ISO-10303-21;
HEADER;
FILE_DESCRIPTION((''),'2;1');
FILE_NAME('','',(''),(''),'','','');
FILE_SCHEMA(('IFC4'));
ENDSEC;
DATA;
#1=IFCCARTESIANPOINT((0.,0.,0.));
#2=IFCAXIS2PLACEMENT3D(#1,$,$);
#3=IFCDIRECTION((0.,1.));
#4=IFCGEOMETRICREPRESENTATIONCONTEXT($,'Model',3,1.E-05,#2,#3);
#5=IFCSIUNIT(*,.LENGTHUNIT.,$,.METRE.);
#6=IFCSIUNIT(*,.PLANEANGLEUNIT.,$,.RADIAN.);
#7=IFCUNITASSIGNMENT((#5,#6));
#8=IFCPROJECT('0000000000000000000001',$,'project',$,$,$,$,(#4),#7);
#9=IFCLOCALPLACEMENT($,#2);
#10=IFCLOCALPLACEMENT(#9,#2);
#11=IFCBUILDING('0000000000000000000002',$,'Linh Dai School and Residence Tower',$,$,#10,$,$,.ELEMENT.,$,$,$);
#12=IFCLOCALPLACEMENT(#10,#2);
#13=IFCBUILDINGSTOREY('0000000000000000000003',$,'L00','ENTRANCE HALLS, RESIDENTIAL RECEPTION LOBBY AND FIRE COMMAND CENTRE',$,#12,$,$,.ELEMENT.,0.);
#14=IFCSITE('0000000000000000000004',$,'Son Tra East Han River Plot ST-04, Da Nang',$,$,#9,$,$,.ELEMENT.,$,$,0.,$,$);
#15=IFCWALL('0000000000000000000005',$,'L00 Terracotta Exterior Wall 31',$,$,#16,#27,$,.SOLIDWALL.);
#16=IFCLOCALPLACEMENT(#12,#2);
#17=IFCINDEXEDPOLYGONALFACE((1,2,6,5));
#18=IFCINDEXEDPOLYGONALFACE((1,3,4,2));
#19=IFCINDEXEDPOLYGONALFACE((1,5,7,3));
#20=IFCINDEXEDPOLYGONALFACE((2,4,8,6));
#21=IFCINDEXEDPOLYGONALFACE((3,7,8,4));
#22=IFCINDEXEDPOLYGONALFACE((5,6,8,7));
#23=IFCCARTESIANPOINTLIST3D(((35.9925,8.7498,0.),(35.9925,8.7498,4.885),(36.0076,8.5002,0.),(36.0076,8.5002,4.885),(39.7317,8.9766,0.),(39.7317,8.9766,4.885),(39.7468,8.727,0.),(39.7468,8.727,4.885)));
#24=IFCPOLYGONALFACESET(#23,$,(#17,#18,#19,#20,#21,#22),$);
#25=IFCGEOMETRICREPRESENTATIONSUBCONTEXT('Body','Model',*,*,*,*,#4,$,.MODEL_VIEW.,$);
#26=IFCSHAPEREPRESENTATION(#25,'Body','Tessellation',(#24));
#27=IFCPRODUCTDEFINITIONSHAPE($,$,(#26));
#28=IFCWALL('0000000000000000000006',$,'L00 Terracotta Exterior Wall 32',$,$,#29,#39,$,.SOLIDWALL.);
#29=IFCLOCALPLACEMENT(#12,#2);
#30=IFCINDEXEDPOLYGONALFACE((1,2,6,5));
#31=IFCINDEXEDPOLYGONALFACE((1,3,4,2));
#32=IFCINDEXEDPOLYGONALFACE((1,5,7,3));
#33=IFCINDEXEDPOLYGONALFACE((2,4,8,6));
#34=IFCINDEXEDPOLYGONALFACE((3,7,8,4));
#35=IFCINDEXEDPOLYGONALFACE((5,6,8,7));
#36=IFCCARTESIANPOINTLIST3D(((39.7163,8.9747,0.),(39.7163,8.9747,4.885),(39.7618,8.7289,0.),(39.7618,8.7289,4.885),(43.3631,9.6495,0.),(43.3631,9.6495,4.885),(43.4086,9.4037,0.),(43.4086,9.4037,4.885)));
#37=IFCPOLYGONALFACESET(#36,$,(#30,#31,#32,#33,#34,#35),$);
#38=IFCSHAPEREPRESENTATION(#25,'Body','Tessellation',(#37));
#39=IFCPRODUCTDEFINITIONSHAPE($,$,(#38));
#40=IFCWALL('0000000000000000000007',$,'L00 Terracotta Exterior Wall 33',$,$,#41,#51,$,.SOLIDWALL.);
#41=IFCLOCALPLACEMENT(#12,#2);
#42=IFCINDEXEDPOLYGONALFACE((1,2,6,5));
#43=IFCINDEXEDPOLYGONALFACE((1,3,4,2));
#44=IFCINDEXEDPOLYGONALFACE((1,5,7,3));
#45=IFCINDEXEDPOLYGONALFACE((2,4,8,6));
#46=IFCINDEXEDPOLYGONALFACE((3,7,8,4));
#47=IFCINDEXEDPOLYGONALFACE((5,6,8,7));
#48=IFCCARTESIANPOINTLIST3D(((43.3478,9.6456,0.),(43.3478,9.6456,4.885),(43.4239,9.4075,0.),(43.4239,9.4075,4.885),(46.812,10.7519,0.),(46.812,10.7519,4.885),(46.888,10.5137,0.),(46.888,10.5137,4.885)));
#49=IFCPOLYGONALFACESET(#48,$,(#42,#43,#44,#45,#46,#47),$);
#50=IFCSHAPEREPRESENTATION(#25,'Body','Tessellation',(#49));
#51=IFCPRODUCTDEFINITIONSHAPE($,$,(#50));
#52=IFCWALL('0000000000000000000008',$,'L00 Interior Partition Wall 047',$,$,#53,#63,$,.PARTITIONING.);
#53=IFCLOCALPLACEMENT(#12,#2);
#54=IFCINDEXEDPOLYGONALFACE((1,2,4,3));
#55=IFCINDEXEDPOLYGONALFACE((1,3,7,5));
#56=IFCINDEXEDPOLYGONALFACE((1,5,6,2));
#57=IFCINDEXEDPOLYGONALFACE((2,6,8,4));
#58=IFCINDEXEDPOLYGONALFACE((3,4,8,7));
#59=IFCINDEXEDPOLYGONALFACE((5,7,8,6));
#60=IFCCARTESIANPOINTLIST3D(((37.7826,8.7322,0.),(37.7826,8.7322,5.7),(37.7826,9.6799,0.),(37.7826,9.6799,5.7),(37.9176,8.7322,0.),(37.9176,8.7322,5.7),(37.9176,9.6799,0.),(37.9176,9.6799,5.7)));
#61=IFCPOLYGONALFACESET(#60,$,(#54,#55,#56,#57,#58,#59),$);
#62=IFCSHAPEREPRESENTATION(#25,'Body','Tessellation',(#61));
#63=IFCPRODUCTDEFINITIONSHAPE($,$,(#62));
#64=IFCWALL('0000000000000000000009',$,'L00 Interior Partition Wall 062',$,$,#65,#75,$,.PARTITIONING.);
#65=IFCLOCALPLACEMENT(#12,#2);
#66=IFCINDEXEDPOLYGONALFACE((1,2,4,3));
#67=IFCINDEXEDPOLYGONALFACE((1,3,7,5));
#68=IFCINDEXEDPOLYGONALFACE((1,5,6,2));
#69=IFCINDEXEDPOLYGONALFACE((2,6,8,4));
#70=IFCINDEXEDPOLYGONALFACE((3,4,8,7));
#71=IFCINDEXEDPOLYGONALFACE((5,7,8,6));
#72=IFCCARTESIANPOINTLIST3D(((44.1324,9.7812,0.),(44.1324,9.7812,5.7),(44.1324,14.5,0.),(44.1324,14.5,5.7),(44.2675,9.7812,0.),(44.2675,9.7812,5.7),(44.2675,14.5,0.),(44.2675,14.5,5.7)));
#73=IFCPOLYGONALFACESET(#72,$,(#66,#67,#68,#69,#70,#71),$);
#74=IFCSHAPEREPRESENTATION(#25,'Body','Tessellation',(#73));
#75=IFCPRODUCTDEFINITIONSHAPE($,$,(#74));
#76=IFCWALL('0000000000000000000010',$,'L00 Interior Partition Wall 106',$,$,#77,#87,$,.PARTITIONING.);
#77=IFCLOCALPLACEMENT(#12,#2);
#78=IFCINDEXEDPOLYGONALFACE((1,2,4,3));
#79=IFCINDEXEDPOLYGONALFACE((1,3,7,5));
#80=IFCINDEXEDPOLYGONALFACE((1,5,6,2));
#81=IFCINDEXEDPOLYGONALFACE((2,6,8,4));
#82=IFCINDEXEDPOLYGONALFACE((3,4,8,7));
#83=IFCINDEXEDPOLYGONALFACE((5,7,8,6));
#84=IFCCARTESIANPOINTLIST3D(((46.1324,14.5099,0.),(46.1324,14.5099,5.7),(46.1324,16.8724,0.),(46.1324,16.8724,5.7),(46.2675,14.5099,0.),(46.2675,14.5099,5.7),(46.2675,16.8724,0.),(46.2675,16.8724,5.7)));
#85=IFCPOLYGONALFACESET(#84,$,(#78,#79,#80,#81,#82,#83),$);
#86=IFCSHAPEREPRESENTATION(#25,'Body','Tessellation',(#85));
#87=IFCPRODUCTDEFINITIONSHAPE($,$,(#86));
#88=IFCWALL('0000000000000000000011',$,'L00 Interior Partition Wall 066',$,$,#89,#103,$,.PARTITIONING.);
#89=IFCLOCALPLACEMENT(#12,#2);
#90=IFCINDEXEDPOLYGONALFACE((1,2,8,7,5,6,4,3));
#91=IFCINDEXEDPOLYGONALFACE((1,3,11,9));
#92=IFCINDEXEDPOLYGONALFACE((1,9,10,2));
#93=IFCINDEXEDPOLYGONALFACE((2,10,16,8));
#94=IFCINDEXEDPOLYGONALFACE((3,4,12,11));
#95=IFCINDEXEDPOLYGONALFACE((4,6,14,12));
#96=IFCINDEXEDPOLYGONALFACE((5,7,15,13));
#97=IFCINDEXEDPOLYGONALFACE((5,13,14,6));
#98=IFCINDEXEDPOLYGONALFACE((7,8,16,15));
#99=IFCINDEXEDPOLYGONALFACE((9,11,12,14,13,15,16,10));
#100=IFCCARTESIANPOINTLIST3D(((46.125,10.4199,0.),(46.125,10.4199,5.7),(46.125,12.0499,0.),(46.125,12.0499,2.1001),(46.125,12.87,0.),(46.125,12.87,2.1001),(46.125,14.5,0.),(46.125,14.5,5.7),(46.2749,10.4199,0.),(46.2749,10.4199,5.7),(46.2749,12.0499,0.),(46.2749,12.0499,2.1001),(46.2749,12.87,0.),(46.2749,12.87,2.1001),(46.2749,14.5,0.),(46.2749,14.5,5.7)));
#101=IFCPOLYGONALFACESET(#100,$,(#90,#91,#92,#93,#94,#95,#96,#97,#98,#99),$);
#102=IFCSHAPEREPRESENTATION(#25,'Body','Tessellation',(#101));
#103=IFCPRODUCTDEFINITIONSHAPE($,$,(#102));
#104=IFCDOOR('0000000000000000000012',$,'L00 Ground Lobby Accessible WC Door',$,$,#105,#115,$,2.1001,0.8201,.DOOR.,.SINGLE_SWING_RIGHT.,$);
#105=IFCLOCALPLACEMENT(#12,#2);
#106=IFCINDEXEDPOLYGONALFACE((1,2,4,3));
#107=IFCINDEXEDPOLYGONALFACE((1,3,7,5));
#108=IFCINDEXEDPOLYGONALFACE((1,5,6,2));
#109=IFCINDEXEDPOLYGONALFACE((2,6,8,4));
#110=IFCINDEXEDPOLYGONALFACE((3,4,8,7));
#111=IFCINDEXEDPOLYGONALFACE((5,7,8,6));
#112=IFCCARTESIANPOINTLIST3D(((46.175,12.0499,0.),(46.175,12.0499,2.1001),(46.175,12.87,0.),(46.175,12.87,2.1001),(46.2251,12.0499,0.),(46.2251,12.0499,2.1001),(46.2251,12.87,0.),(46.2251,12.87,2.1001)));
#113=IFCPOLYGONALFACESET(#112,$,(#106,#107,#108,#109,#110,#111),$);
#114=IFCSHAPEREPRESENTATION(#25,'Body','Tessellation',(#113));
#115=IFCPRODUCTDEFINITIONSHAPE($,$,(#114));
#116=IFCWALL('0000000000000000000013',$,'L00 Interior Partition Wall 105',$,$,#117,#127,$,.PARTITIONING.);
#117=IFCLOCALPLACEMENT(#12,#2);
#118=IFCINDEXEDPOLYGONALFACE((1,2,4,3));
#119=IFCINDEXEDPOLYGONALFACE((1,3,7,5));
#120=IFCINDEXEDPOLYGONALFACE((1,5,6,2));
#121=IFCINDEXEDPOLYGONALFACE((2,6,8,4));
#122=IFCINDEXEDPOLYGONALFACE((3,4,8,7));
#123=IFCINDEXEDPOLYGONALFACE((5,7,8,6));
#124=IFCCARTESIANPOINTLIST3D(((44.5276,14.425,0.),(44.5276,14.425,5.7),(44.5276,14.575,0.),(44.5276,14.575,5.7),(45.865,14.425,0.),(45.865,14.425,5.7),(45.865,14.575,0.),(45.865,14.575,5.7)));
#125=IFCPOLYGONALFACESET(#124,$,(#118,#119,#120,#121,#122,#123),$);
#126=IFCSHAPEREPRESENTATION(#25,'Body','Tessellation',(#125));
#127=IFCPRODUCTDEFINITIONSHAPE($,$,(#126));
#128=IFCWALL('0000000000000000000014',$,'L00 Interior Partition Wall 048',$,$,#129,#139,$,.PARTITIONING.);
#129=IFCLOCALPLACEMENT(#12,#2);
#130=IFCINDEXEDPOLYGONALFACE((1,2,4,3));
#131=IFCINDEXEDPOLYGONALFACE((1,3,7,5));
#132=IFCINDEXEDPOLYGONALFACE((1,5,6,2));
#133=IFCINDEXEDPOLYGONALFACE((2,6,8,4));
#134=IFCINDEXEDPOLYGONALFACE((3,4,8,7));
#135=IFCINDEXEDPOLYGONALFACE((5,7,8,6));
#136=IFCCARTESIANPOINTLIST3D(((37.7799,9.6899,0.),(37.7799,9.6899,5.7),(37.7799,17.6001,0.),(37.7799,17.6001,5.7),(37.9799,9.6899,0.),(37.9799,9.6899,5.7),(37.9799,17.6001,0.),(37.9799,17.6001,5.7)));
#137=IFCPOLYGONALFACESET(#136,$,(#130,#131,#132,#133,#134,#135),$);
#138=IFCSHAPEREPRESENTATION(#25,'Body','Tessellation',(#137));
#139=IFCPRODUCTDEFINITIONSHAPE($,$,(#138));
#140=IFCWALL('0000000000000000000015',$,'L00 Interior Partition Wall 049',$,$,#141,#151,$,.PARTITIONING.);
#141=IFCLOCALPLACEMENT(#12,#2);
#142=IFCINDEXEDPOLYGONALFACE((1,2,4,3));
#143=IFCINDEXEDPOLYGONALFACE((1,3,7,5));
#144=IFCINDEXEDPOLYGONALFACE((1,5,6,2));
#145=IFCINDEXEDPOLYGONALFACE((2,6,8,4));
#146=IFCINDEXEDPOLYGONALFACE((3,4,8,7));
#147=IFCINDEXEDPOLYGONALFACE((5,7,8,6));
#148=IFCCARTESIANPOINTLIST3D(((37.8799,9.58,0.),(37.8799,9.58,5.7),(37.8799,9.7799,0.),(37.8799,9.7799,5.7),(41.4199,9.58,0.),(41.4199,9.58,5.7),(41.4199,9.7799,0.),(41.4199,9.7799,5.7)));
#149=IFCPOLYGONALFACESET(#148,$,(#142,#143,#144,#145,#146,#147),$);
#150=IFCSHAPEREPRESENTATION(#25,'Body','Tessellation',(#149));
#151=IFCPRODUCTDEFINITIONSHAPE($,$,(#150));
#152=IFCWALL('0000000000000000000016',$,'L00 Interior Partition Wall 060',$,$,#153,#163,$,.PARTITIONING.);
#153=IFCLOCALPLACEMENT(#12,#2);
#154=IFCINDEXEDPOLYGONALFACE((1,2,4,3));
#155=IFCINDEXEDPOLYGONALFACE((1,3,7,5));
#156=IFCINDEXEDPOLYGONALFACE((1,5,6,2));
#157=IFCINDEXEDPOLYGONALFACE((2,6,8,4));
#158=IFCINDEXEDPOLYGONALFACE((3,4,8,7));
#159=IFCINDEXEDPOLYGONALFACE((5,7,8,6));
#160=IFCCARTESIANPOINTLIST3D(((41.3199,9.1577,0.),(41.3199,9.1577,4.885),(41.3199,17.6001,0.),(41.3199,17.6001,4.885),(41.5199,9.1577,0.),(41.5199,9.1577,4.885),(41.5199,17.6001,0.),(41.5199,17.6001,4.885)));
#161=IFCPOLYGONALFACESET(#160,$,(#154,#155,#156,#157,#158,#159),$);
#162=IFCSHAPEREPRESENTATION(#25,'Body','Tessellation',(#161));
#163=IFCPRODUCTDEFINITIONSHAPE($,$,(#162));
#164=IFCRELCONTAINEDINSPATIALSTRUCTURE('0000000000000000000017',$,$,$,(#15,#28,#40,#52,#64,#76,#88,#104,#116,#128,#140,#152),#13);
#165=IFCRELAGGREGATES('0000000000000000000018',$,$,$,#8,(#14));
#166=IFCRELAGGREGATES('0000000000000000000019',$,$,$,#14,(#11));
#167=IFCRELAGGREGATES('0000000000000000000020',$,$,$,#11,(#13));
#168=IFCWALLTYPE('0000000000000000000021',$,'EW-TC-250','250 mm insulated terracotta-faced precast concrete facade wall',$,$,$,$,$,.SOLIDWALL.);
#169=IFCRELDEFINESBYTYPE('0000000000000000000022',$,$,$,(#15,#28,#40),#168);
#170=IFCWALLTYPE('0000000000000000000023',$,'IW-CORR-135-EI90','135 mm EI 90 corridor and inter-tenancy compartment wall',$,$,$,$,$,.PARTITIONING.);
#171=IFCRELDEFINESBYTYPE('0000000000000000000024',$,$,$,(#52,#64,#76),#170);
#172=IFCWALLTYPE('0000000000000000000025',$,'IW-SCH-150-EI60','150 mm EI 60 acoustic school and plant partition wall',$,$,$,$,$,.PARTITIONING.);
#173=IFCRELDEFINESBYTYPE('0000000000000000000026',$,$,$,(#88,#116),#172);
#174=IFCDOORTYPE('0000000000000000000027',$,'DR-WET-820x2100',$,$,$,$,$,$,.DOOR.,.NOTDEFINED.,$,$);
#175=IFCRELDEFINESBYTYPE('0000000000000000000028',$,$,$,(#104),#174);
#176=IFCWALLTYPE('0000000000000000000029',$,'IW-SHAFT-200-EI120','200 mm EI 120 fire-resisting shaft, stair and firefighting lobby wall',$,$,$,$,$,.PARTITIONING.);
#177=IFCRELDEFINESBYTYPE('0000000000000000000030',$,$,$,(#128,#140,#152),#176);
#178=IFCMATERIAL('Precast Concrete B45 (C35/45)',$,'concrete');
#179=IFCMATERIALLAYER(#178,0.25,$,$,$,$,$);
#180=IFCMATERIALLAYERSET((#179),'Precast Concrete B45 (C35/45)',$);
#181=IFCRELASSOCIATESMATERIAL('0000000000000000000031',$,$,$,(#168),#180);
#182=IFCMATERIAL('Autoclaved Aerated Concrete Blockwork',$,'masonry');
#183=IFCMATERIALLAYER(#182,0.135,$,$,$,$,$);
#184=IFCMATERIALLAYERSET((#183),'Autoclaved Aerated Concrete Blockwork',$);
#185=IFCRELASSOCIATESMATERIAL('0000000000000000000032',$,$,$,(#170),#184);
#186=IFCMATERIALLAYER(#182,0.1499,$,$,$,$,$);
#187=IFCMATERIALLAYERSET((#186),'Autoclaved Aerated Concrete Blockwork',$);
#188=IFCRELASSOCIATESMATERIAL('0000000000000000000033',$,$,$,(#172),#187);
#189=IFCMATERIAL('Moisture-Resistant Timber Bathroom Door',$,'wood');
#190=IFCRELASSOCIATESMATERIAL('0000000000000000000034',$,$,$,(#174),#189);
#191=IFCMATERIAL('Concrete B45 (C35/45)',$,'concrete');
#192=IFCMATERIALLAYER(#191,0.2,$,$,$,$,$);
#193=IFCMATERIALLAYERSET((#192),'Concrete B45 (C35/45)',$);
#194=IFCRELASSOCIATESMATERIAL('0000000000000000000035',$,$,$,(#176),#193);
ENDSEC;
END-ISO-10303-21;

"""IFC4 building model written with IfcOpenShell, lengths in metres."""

from ifc_helpers import new_model, si_unit, direction, frame, frame_2d, origin, origin_2d, place, context, subcontext, project, spatial, rectangle, extrude, source, transform, mapped, material, layer, layer_set, type_object, element, fill, save


model = new_model("IFC4")

# Units and contexts
model_context = context("Model", 3, precision=1e-05, world=origin(), true_north=direction((0.0, 1.0)))
body_context = subcontext(model_context, "Body", "Model", "MODEL_VIEW")
ifc_project = project(units=[si_unit("LENGTHUNIT", "METRE"), si_unit("PLANEANGLEUNIT", "RADIAN")], contexts=[model_context])

# Site, building, storey
site_placement = place(None, origin())
site = spatial("IfcSite", under=ifc_project, at=site_placement, Name="Son Tra East Han River Plot ST-04, Da Nang", CompositionType="ELEMENT", RefElevation=0.0)
building_placement = place(site_placement, origin())
building = spatial("IfcBuilding", under=site, at=building_placement, Name="Linh Dai School and Residence Tower", CompositionType="ELEMENT")
storey_placement = place(building_placement, origin())
storey = spatial("IfcBuildingStorey", under=building, at=storey_placement, Name="L00", Description="ENTRANCE HALLS, RESIDENTIAL RECEPTION LOBBY AND FIRE COMMAND CENTRE", CompositionType="ELEMENT", Elevation=0.0)

# Walls
ifc_material_1 = material(Name="Precast Concrete B45 (C35/45)", Category="concrete")
ifc_layer_1 = layer(ifc_material_1, 0.25)
ifc_layer_set_1 = layer_set([ifc_layer_1], Name="Precast Concrete B45 (C35/45)")
wall_type_1 = type_object("IfcWallType", Name="EW-TC-250", Description="250 mm insulated terracotta-faced precast concrete facade wall", PredefinedType="SOLIDWALL", material=ifc_layer_set_1)
wall_1_placement = place(storey_placement, frame((39.7393, 8.8518, 0.0), z_axis=(0.0, 0.0, 1.0), x_axis=(-0.998166, -0.060544, 0.0)))
element("IfcWall", 1, at=wall_1_placement, inside=storey, type_object=wall_type_1, Name="L00 Terracotta Exterior Wall 31", PredefinedType="SOLIDWALL", context=body_context, shape_type="SweptSolid", body=[
    extrude(rectangle(XDim=3.7461, YDim=0.25, at=frame_2d((1.873, 0.0))), origin(), (0.0, 0.0, 1.0), 4.885),
])
wall_2_placement = place(storey_placement, frame((43.386, 9.5266, 0.0), z_axis=(0.0, 0.0, 1.0), x_axis=(-0.983307, -0.181955, 0.0)))
element("IfcWall", 2, at=wall_2_placement, inside=storey, type_object=wall_type_1, Name="L00 Terracotta Exterior Wall 32", PredefinedType="SOLIDWALL", context=body_context, shape_type="SweptSolid", body=[
    extrude(rectangle(XDim=3.7087, YDim=0.25, at=frame_2d((1.8545, 0.0))), origin(), (0.0, 0.0, 1.0), 4.885),
])
wall_3_placement = place(storey_placement, frame((46.8501, 10.6328, 0.0), z_axis=(0.0, 0.0, 1.0), x_axis=(-0.952609, -0.304198, 0.0)))
element("IfcWall", 3, at=wall_3_placement, inside=storey, type_object=wall_type_1, Name="L00 Terracotta Exterior Wall 33", PredefinedType="SOLIDWALL", context=body_context, shape_type="SweptSolid", body=[
    extrude(rectangle(XDim=3.6365, YDim=0.25, at=frame_2d((1.8184, 0.0))), origin(), (0.0, 0.0, 1.0), 4.885),
])
ifc_material_2 = material(Name="Autoclaved Aerated Concrete Blockwork", Category="masonry")
ifc_layer_2 = layer(ifc_material_2, 0.135)
ifc_layer_set_2 = layer_set([ifc_layer_2], Name="Autoclaved Aerated Concrete Blockwork")
wall_type_2 = type_object("IfcWallType", Name="IW-CORR-135-EI90", Description="135 mm EI 90 corridor and inter-tenancy compartment wall", PredefinedType="PARTITIONING", material=ifc_layer_set_2)
wall_4_placement = place(storey_placement, frame((37.8501, 8.7322, 0.0), z_axis=(0.0, 0.0, 1.0), x_axis=(0.0, 1.0, 0.0)))
element("IfcWall", 4, at=wall_4_placement, inside=storey, type_object=wall_type_2, Name="L00 Interior Partition Wall 047", PredefinedType="PARTITIONING", context=body_context, shape_type="SweptSolid", body=[
    extrude(rectangle(XDim=0.9478, YDim=0.135, at=frame_2d((0.4739, 0.0))), origin(), (0.0, 0.0, 1.0), 5.7),
])
wall_5_placement = place(storey_placement, frame((44.2, 9.7812, 0.0), z_axis=(0.0, 0.0, 1.0), x_axis=(0.0, 1.0, 0.0)))
element("IfcWall", 5, at=wall_5_placement, inside=storey, type_object=wall_type_2, Name="L00 Interior Partition Wall 062", PredefinedType="PARTITIONING", context=body_context, shape_type="SweptSolid", body=[
    extrude(rectangle(XDim=4.7188, YDim=0.135, at=frame_2d((2.3594, 0.0))), origin(), (0.0, 0.0, 1.0), 5.7),
])
wall_6_placement = place(storey_placement, frame((46.2, 14.51, 0.0), z_axis=(0.0, 0.0, 1.0), x_axis=(0.0, 1.0, 0.0)))
element("IfcWall", 6, at=wall_6_placement, inside=storey, type_object=wall_type_2, Name="L00 Interior Partition Wall 106", PredefinedType="PARTITIONING", context=body_context, shape_type="SweptSolid", body=[
    extrude(rectangle(XDim=2.3625, YDim=0.135, at=frame_2d((1.1812, 0.0))), origin(), (0.0, 0.0, 1.0), 5.7),
])

# Wall, opening, door
ifc_layer_3 = layer(ifc_material_2, 0.1499)
ifc_layer_set_3 = layer_set([ifc_layer_3], Name="Autoclaved Aerated Concrete Blockwork")
wall_type_3 = type_object("IfcWallType", Name="IW-SCH-150-EI60", Description="150 mm EI 60 acoustic school and plant partition wall", PredefinedType="PARTITIONING", material=ifc_layer_set_3)
wall_7_placement = place(storey_placement, frame((46.2, 10.4199, 0.0), z_axis=(0.0, 0.0, 1.0), x_axis=(0.0, 1.0, 0.0)))
wall_7 = element("IfcWall", 7, at=wall_7_placement, inside=storey, type_object=wall_type_3, Name="L00 Interior Partition Wall 066", PredefinedType="PARTITIONING", context=body_context, shape_type="SweptSolid", body=[
    extrude(rectangle(XDim=4.0801, YDim=0.1499, at=frame_2d((2.04, 0.0))), origin(), (0.0, 0.0, 1.0), 5.7),
])
opening_placement = place(wall_7_placement, frame((1.6299, 0.0, 0.0)))
opening = element("IfcOpeningElement", 8, at=opening_placement, cuts=wall_7, PredefinedType="OPENING", context=body_context, shape_type="SweptSolid", body=[
    extrude(rectangle(XDim=0.8201, YDim=2.1001, at=origin_2d()), frame((0.4102, 0.085, 1.05), z_axis=(0.0, -1.0, 0.0), x_axis=(1.0, 0.0, 0.0)), (0.0, 0.0, 1.0), 0.1699),
])
ifc_material_3 = material(Name="Moisture-Resistant Timber Bathroom Door", Category="wood")
door_type = type_object("IfcDoorType", Name="DR-WET-820x2100", OperationType="NOTDEFINED", PredefinedType="DOOR", material=ifc_material_3)
shared_shape_1 = source(origin(), body_context, "Body", "SweptSolid", [
    extrude(rectangle(XDim=0.8201, YDim=2.1001, at=origin_2d()), frame((0.4102, 0.0249, 1.05), z_axis=(0.0, -1.0, 0.0), x_axis=(1.0, 0.0, 0.0)), (0.0, 0.0, 1.0), 0.05),
])
door_placement = place(opening_placement, origin())
door = element("IfcDoor", 9, at=door_placement, inside=storey, type_object=door_type, Name="L00 Ground Lobby Accessible WC Door", OperationType="SINGLE_SWING_RIGHT", OverallHeight=2.1001, OverallWidth=0.8201, PredefinedType="DOOR", context=body_context, shape_type="MappedRepresentation", body=[
    mapped(shared_shape_1, transform((0.0, 0.0, 0.0), x_axis=(1.0, 0.0, 0.0), y_axis=(0.0, 1.0, 0.0), z_axis=(0.0, 0.0, 1.0), scale=1.0)),
])
fill(opening, door)

# Walls
wall_8_placement = place(storey_placement, frame((44.5276, 14.5, 0.0), z_axis=(0.0, 0.0, 1.0), x_axis=(1.0, 0.0, 0.0)))
element("IfcWall", 10, at=wall_8_placement, inside=storey, type_object=wall_type_3, Name="L00 Interior Partition Wall 105", PredefinedType="PARTITIONING", context=body_context, shape_type="SweptSolid", body=[
    extrude(rectangle(XDim=1.3374, YDim=0.1499, at=frame_2d((0.6687, 0.0))), origin(), (0.0, 0.0, 1.0), 5.7),
])
ifc_material_4 = material(Name="Concrete B45 (C35/45)", Category="concrete")
ifc_layer_4 = layer(ifc_material_4, 0.2)
ifc_layer_set_4 = layer_set([ifc_layer_4], Name="Concrete B45 (C35/45)")
wall_type_4 = type_object("IfcWallType", Name="IW-SHAFT-200-EI120", Description="200 mm EI 120 fire-resisting shaft, stair and firefighting lobby wall", PredefinedType="PARTITIONING", material=ifc_layer_set_4)
wall_9_placement = place(storey_placement, frame((37.8799, 9.6899, 0.0), z_axis=(0.0, 0.0, 1.0), x_axis=(0.0, 1.0, 0.0)))
element("IfcWall", 11, at=wall_9_placement, inside=storey, type_object=wall_type_4, Name="L00 Interior Partition Wall 048", PredefinedType="PARTITIONING", context=body_context, shape_type="SweptSolid", body=[
    extrude(rectangle(XDim=7.9102, YDim=0.2, at=frame_2d((3.9551, 0.0))), origin(), (0.0, 0.0, 1.0), 5.7),
])
wall_10_placement = place(storey_placement, frame((37.8799, 9.6799, 0.0), z_axis=(0.0, 0.0, 1.0), x_axis=(1.0, 0.0, 0.0)))
element("IfcWall", 12, at=wall_10_placement, inside=storey, type_object=wall_type_4, Name="L00 Interior Partition Wall 049", PredefinedType="PARTITIONING", context=body_context, shape_type="SweptSolid", body=[
    extrude(rectangle(XDim=3.54, YDim=0.2, at=frame_2d((1.77, 0.0))), origin(), (0.0, 0.0, 1.0), 5.7),
])
wall_11_placement = place(storey_placement, frame((41.4199, 9.1577, 0.0), z_axis=(0.0, 0.0, 1.0), x_axis=(0.0, 1.0, 0.0)))
element("IfcWall", 13, at=wall_11_placement, inside=storey, type_object=wall_type_4, Name="L00 Interior Partition Wall 060", PredefinedType="PARTITIONING", context=body_context, shape_type="SweptSolid", body=[
    extrude(rectangle(XDim=8.4424, YDim=0.2, at=frame_2d((4.2212, 0.0))), origin(), (0.0, 0.0, 1.0), 4.885),
])

save(model, "model.ifc")
